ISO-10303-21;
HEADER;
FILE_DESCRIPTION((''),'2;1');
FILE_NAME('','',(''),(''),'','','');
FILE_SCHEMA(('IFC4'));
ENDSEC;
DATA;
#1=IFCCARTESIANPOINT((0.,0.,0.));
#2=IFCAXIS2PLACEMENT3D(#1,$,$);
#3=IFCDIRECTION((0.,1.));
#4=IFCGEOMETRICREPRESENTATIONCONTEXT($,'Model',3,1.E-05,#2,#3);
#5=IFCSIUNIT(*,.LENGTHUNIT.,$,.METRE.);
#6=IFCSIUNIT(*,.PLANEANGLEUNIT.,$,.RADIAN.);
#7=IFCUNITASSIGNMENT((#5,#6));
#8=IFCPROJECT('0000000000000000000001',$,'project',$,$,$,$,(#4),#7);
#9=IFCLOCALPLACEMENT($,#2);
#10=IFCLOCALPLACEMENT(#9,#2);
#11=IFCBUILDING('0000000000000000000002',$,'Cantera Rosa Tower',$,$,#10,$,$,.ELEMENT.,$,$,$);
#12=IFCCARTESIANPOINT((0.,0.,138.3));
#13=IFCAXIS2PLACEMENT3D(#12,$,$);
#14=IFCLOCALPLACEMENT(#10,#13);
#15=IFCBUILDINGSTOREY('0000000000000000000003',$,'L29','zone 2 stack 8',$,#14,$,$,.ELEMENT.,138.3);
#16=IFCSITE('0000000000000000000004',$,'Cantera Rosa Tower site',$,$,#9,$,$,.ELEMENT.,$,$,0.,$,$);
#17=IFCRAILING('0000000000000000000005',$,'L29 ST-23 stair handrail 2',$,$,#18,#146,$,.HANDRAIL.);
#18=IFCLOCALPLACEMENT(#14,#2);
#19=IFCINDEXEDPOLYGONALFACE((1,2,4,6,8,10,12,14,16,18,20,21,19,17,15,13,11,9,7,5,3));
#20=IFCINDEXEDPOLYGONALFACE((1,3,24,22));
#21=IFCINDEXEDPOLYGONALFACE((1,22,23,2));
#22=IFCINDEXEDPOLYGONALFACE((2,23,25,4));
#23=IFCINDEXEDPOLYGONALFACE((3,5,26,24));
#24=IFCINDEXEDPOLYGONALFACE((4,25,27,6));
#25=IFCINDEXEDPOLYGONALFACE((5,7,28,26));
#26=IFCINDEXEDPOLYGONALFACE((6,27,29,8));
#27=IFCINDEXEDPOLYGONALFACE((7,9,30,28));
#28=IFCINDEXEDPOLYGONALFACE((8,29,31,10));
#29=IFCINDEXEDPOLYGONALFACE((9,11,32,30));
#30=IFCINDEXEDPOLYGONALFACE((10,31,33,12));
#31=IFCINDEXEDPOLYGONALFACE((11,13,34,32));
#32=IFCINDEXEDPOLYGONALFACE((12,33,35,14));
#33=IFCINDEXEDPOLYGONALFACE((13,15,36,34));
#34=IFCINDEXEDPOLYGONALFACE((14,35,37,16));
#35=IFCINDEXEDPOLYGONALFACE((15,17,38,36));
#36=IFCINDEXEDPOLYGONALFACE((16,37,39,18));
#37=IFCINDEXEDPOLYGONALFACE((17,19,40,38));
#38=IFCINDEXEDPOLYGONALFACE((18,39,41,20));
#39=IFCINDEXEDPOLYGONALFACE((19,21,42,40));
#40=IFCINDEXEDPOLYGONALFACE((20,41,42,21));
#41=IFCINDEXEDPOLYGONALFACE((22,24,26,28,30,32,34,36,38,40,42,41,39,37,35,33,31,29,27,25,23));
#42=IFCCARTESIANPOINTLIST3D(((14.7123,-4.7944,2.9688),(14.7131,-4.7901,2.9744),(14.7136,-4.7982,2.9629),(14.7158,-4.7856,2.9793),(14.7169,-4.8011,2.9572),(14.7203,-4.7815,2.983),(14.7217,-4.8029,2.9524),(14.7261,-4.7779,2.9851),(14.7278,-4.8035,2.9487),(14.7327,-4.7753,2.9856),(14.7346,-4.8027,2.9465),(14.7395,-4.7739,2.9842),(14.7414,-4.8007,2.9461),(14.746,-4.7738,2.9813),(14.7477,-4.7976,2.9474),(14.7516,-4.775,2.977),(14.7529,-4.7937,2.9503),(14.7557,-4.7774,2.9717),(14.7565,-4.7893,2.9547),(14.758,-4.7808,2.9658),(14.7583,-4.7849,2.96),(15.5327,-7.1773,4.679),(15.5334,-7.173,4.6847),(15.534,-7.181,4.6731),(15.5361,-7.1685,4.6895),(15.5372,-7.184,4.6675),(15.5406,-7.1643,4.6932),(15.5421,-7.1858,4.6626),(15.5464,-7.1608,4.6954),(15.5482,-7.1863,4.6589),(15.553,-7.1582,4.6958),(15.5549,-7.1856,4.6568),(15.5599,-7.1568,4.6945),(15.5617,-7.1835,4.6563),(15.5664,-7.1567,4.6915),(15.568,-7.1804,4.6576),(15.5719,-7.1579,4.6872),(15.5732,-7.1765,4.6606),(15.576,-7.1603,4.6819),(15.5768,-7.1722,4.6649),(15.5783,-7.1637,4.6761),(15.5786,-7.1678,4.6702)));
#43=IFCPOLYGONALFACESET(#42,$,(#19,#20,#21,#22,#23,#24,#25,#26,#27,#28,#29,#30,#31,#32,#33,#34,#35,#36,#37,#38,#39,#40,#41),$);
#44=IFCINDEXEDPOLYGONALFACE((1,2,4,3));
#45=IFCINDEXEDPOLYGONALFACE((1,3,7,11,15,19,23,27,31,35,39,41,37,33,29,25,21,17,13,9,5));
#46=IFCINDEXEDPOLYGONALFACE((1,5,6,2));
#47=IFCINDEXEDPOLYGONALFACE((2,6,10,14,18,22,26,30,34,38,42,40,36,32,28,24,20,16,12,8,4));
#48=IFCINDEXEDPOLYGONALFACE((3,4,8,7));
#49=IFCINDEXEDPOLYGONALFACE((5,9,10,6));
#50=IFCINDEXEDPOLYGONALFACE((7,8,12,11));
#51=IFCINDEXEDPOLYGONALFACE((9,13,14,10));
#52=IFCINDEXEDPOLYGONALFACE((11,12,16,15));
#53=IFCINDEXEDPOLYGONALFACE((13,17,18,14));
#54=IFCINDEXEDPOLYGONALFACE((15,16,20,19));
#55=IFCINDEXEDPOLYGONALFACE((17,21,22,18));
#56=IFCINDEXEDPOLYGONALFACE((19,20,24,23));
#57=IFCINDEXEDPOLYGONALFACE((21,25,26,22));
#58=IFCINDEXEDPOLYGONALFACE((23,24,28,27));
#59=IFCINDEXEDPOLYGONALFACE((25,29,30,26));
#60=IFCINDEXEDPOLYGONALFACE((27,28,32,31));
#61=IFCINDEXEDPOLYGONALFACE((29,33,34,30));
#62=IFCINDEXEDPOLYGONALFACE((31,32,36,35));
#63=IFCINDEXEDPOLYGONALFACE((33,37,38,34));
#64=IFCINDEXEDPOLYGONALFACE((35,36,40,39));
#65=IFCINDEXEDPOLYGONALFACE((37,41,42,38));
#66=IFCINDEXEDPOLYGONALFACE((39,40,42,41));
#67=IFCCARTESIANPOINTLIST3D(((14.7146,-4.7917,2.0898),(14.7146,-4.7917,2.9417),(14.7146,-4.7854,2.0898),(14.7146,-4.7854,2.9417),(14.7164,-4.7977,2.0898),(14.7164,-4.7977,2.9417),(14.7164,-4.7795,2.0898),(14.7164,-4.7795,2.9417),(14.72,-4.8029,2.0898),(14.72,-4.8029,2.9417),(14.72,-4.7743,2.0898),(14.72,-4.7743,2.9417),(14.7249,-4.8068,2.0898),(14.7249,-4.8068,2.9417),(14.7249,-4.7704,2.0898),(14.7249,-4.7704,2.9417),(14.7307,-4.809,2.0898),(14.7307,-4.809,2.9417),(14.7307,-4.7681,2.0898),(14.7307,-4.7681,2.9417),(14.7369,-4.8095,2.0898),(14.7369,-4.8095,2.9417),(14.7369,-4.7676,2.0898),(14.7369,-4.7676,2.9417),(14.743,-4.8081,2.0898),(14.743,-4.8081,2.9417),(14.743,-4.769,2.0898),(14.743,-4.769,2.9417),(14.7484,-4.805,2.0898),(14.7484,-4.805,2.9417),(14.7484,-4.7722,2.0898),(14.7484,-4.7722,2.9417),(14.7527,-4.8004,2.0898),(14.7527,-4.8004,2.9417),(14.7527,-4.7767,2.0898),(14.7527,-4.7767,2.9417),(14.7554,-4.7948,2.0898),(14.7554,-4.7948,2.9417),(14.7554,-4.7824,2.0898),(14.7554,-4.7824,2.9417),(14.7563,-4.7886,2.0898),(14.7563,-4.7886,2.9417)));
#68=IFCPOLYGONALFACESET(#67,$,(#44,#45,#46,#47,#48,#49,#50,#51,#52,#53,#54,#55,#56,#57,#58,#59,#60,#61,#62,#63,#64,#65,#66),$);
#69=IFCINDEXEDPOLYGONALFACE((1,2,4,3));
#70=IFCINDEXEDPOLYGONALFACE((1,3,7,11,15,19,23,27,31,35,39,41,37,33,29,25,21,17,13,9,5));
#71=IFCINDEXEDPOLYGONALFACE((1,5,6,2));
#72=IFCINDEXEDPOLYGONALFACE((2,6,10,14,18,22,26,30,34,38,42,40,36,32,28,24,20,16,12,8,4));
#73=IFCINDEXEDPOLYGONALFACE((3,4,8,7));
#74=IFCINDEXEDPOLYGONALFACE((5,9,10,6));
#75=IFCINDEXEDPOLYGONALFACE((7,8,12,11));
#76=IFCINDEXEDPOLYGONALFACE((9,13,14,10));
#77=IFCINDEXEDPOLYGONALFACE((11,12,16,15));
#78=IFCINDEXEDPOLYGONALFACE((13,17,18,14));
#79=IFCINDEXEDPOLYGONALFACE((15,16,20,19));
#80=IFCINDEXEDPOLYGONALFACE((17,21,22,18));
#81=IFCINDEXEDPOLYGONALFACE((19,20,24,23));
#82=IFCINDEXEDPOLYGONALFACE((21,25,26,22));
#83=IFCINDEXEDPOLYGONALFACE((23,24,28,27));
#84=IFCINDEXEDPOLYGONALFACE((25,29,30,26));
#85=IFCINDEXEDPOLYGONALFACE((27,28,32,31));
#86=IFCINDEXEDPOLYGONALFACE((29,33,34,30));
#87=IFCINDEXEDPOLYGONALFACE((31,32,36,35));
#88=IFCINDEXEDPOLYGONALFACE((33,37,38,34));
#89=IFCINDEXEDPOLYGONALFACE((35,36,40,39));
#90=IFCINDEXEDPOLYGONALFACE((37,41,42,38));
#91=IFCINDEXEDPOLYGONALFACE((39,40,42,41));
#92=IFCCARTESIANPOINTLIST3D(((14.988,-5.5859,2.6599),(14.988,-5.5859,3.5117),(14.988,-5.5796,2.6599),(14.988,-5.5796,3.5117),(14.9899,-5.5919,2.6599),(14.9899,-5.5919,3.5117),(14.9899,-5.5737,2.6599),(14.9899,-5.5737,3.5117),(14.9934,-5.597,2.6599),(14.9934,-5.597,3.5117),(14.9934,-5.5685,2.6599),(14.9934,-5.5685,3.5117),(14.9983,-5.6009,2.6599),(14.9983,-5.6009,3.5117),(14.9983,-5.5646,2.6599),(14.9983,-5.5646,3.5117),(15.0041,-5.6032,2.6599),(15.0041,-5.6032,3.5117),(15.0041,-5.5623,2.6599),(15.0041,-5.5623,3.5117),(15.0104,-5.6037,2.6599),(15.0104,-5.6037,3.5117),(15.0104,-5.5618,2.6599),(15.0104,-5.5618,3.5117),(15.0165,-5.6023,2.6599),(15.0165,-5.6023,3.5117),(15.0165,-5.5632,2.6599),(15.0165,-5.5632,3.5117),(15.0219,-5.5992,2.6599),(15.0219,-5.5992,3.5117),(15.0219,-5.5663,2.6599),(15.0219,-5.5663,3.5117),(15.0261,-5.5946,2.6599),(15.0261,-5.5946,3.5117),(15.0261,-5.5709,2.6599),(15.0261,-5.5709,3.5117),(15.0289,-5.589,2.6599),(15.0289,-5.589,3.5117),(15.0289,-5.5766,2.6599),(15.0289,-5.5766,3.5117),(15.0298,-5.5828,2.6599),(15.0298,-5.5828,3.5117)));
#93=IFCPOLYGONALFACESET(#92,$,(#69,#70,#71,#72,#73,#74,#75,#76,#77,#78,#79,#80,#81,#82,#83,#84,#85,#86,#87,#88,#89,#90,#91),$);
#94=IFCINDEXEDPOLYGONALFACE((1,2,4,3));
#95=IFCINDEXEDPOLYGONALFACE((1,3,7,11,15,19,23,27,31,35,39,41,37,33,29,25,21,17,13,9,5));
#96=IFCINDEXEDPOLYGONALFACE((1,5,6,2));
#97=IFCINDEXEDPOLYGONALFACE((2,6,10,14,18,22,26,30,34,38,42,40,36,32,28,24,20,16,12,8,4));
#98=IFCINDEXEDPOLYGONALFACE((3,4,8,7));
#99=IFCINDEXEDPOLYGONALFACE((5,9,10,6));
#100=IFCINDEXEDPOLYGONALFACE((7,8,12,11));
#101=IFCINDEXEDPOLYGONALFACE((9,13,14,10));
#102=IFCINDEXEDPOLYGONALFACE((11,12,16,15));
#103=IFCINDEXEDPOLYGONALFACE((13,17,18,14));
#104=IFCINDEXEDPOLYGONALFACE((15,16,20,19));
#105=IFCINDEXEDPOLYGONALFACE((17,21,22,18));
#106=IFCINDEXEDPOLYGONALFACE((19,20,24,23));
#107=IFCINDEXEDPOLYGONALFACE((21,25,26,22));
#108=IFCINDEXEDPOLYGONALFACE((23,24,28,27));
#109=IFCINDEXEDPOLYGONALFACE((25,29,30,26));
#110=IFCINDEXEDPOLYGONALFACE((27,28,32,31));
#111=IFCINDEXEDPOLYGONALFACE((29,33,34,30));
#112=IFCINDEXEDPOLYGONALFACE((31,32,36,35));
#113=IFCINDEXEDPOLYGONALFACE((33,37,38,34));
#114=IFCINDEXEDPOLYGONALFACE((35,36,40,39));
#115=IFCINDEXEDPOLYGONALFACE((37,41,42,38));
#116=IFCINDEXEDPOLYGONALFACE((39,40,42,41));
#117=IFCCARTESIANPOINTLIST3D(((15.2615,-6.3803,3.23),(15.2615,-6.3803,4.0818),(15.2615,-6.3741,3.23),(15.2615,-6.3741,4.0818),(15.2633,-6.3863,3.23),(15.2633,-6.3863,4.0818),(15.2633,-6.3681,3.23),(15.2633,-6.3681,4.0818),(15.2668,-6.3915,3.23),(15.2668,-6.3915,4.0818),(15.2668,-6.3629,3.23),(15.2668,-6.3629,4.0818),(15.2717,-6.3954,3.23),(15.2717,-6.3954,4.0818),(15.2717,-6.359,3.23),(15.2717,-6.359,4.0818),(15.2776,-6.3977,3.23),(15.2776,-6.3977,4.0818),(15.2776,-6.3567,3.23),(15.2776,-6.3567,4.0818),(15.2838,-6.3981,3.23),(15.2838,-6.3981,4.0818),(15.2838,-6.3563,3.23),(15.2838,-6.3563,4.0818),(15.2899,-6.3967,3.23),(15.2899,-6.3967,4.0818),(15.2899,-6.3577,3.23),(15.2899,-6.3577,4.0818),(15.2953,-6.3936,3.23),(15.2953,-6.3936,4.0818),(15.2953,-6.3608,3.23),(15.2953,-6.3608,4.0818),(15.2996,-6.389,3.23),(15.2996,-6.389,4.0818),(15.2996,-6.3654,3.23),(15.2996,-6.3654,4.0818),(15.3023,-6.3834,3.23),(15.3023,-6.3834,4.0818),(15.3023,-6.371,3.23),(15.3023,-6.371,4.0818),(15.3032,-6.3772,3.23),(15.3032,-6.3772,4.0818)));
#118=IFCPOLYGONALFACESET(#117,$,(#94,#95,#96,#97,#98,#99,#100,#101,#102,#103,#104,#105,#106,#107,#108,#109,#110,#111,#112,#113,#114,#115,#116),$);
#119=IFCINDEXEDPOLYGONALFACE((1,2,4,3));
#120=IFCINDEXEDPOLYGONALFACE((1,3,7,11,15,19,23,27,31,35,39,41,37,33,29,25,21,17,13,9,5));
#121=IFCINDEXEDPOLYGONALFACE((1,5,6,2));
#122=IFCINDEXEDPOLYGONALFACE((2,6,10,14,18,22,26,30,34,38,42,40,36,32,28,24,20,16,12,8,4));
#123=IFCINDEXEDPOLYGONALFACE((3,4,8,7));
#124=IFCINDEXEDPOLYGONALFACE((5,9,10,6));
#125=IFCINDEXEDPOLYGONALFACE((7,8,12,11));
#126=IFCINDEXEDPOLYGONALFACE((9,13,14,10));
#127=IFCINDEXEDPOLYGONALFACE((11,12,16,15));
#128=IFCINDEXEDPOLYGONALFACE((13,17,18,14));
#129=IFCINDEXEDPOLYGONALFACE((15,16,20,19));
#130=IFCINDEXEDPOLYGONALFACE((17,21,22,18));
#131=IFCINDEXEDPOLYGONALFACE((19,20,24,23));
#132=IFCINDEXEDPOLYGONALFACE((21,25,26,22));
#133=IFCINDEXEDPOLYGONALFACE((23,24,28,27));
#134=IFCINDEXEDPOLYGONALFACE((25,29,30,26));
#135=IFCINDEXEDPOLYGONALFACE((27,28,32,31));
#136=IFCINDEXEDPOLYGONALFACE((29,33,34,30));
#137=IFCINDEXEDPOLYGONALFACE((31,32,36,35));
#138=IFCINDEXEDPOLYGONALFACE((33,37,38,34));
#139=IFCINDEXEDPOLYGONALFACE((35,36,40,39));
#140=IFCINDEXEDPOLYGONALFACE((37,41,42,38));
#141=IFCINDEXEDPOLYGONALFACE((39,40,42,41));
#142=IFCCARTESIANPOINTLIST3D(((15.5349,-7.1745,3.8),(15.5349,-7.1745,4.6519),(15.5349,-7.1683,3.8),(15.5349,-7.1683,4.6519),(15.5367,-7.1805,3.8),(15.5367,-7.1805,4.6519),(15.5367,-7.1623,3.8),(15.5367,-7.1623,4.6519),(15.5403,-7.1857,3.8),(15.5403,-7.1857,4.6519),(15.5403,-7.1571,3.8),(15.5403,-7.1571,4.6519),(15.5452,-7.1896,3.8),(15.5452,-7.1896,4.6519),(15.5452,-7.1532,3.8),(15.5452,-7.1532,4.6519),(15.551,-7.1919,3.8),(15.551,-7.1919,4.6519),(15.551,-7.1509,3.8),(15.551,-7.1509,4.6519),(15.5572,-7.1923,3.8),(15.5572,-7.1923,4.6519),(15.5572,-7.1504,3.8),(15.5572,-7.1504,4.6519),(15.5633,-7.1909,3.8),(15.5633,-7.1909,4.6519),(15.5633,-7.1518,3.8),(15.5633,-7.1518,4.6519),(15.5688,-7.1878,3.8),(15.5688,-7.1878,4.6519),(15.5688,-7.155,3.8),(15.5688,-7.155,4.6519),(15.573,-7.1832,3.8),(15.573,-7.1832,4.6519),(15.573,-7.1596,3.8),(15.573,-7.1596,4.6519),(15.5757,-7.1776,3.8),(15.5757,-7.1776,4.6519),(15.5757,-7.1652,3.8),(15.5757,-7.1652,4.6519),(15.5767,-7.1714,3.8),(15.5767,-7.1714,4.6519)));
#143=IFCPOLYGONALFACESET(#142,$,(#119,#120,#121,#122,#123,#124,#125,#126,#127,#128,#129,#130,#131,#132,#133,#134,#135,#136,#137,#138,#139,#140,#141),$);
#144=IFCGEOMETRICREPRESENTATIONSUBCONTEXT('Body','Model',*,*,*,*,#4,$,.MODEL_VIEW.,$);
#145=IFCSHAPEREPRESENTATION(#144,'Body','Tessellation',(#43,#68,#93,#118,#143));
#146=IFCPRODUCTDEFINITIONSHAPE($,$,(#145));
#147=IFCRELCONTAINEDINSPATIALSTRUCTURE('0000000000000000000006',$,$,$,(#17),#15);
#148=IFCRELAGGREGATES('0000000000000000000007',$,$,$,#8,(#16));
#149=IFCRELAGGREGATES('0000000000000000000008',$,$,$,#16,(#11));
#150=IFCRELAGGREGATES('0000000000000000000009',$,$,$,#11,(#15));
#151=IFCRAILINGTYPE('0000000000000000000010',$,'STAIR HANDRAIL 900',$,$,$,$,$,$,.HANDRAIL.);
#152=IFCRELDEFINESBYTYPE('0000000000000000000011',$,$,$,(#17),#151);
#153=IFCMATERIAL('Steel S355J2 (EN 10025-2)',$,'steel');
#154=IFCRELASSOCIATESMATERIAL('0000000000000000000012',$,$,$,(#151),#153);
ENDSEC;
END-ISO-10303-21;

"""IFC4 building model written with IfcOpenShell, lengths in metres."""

from ifc_helpers import new_model, si_unit, direction, frame, origin, origin_2d, place, context, subcontext, project, spatial, circle, extrude, material, type_object, element, save


model = new_model("IFC4")

# Units and contexts
model_context = context("Model", 3, precision=1e-05, world=origin(), true_north=direction((0.0, 1.0)))
body_context = subcontext(model_context, "Body", "Model", "MODEL_VIEW")
ifc_project = project(units=[si_unit("LENGTHUNIT", "METRE"), si_unit("PLANEANGLEUNIT", "RADIAN")], contexts=[model_context])

# Site, building, storey
site_placement = place(None, origin())
site = spatial("IfcSite", under=ifc_project, at=site_placement, Name="Cantera Rosa Tower site", CompositionType="ELEMENT", RefElevation=0.0)
building_placement = place(site_placement, origin())
building = spatial("IfcBuilding", under=site, at=building_placement, Name="Cantera Rosa Tower", CompositionType="ELEMENT")
storey_placement = place(building_placement, frame((0.0, 0.0, 138.3)))
storey = spatial("IfcBuildingStorey", under=building, at=storey_placement, Name="L29", Description="zone 2 stack 8", CompositionType="ELEMENT", Elevation=138.3)

# Railing
ifc_material_1 = material(Name="Steel S355J2 (EN 10025-2)", Category="steel")
railing_type_1 = type_object("IfcRailingType", Name="STAIR HANDRAIL 900", PredefinedType="HANDRAIL", material=ifc_material_1)
railing_1_placement = place(storey_placement, frame((14.7354, -4.7886, 2.0898)))
element("IfcRailing", 1, at=railing_1_placement, inside=storey, type_object=railing_type_1, Name="L29 ST-23 stair handrail 2", PredefinedType="HANDRAIL", context=body_context, shape_type="SweptSolid", body=[
    extrude(circle(Radius=0.0239, at=origin_2d()), frame((0.0, 0.0, 0.876), z_axis=(0.269346, -0.782386, 0.561538), x_axis=(0.945538, 0.325513, 0.0)), (0.0, 0.0, 1.0), 3.0457),
    extrude(circle(Radius=0.021, at=origin_2d()), origin(), (0.0, 0.0, 1.0), 0.8518),
    extrude(circle(Radius=0.021, at=origin_2d()), frame((0.2734, -0.7942, 0.5701)), (0.0, 0.0, 1.0), 0.8518),
    extrude(circle(Radius=0.021, at=origin_2d()), frame((0.5469, -1.5886, 1.1401)), (0.0, 0.0, 1.0), 0.8518),
    extrude(circle(Radius=0.021, at=origin_2d()), frame((0.8203, -2.3828, 1.7102)), (0.0, 0.0, 1.0), 0.8518),
])

save(model, "model.ifc")
